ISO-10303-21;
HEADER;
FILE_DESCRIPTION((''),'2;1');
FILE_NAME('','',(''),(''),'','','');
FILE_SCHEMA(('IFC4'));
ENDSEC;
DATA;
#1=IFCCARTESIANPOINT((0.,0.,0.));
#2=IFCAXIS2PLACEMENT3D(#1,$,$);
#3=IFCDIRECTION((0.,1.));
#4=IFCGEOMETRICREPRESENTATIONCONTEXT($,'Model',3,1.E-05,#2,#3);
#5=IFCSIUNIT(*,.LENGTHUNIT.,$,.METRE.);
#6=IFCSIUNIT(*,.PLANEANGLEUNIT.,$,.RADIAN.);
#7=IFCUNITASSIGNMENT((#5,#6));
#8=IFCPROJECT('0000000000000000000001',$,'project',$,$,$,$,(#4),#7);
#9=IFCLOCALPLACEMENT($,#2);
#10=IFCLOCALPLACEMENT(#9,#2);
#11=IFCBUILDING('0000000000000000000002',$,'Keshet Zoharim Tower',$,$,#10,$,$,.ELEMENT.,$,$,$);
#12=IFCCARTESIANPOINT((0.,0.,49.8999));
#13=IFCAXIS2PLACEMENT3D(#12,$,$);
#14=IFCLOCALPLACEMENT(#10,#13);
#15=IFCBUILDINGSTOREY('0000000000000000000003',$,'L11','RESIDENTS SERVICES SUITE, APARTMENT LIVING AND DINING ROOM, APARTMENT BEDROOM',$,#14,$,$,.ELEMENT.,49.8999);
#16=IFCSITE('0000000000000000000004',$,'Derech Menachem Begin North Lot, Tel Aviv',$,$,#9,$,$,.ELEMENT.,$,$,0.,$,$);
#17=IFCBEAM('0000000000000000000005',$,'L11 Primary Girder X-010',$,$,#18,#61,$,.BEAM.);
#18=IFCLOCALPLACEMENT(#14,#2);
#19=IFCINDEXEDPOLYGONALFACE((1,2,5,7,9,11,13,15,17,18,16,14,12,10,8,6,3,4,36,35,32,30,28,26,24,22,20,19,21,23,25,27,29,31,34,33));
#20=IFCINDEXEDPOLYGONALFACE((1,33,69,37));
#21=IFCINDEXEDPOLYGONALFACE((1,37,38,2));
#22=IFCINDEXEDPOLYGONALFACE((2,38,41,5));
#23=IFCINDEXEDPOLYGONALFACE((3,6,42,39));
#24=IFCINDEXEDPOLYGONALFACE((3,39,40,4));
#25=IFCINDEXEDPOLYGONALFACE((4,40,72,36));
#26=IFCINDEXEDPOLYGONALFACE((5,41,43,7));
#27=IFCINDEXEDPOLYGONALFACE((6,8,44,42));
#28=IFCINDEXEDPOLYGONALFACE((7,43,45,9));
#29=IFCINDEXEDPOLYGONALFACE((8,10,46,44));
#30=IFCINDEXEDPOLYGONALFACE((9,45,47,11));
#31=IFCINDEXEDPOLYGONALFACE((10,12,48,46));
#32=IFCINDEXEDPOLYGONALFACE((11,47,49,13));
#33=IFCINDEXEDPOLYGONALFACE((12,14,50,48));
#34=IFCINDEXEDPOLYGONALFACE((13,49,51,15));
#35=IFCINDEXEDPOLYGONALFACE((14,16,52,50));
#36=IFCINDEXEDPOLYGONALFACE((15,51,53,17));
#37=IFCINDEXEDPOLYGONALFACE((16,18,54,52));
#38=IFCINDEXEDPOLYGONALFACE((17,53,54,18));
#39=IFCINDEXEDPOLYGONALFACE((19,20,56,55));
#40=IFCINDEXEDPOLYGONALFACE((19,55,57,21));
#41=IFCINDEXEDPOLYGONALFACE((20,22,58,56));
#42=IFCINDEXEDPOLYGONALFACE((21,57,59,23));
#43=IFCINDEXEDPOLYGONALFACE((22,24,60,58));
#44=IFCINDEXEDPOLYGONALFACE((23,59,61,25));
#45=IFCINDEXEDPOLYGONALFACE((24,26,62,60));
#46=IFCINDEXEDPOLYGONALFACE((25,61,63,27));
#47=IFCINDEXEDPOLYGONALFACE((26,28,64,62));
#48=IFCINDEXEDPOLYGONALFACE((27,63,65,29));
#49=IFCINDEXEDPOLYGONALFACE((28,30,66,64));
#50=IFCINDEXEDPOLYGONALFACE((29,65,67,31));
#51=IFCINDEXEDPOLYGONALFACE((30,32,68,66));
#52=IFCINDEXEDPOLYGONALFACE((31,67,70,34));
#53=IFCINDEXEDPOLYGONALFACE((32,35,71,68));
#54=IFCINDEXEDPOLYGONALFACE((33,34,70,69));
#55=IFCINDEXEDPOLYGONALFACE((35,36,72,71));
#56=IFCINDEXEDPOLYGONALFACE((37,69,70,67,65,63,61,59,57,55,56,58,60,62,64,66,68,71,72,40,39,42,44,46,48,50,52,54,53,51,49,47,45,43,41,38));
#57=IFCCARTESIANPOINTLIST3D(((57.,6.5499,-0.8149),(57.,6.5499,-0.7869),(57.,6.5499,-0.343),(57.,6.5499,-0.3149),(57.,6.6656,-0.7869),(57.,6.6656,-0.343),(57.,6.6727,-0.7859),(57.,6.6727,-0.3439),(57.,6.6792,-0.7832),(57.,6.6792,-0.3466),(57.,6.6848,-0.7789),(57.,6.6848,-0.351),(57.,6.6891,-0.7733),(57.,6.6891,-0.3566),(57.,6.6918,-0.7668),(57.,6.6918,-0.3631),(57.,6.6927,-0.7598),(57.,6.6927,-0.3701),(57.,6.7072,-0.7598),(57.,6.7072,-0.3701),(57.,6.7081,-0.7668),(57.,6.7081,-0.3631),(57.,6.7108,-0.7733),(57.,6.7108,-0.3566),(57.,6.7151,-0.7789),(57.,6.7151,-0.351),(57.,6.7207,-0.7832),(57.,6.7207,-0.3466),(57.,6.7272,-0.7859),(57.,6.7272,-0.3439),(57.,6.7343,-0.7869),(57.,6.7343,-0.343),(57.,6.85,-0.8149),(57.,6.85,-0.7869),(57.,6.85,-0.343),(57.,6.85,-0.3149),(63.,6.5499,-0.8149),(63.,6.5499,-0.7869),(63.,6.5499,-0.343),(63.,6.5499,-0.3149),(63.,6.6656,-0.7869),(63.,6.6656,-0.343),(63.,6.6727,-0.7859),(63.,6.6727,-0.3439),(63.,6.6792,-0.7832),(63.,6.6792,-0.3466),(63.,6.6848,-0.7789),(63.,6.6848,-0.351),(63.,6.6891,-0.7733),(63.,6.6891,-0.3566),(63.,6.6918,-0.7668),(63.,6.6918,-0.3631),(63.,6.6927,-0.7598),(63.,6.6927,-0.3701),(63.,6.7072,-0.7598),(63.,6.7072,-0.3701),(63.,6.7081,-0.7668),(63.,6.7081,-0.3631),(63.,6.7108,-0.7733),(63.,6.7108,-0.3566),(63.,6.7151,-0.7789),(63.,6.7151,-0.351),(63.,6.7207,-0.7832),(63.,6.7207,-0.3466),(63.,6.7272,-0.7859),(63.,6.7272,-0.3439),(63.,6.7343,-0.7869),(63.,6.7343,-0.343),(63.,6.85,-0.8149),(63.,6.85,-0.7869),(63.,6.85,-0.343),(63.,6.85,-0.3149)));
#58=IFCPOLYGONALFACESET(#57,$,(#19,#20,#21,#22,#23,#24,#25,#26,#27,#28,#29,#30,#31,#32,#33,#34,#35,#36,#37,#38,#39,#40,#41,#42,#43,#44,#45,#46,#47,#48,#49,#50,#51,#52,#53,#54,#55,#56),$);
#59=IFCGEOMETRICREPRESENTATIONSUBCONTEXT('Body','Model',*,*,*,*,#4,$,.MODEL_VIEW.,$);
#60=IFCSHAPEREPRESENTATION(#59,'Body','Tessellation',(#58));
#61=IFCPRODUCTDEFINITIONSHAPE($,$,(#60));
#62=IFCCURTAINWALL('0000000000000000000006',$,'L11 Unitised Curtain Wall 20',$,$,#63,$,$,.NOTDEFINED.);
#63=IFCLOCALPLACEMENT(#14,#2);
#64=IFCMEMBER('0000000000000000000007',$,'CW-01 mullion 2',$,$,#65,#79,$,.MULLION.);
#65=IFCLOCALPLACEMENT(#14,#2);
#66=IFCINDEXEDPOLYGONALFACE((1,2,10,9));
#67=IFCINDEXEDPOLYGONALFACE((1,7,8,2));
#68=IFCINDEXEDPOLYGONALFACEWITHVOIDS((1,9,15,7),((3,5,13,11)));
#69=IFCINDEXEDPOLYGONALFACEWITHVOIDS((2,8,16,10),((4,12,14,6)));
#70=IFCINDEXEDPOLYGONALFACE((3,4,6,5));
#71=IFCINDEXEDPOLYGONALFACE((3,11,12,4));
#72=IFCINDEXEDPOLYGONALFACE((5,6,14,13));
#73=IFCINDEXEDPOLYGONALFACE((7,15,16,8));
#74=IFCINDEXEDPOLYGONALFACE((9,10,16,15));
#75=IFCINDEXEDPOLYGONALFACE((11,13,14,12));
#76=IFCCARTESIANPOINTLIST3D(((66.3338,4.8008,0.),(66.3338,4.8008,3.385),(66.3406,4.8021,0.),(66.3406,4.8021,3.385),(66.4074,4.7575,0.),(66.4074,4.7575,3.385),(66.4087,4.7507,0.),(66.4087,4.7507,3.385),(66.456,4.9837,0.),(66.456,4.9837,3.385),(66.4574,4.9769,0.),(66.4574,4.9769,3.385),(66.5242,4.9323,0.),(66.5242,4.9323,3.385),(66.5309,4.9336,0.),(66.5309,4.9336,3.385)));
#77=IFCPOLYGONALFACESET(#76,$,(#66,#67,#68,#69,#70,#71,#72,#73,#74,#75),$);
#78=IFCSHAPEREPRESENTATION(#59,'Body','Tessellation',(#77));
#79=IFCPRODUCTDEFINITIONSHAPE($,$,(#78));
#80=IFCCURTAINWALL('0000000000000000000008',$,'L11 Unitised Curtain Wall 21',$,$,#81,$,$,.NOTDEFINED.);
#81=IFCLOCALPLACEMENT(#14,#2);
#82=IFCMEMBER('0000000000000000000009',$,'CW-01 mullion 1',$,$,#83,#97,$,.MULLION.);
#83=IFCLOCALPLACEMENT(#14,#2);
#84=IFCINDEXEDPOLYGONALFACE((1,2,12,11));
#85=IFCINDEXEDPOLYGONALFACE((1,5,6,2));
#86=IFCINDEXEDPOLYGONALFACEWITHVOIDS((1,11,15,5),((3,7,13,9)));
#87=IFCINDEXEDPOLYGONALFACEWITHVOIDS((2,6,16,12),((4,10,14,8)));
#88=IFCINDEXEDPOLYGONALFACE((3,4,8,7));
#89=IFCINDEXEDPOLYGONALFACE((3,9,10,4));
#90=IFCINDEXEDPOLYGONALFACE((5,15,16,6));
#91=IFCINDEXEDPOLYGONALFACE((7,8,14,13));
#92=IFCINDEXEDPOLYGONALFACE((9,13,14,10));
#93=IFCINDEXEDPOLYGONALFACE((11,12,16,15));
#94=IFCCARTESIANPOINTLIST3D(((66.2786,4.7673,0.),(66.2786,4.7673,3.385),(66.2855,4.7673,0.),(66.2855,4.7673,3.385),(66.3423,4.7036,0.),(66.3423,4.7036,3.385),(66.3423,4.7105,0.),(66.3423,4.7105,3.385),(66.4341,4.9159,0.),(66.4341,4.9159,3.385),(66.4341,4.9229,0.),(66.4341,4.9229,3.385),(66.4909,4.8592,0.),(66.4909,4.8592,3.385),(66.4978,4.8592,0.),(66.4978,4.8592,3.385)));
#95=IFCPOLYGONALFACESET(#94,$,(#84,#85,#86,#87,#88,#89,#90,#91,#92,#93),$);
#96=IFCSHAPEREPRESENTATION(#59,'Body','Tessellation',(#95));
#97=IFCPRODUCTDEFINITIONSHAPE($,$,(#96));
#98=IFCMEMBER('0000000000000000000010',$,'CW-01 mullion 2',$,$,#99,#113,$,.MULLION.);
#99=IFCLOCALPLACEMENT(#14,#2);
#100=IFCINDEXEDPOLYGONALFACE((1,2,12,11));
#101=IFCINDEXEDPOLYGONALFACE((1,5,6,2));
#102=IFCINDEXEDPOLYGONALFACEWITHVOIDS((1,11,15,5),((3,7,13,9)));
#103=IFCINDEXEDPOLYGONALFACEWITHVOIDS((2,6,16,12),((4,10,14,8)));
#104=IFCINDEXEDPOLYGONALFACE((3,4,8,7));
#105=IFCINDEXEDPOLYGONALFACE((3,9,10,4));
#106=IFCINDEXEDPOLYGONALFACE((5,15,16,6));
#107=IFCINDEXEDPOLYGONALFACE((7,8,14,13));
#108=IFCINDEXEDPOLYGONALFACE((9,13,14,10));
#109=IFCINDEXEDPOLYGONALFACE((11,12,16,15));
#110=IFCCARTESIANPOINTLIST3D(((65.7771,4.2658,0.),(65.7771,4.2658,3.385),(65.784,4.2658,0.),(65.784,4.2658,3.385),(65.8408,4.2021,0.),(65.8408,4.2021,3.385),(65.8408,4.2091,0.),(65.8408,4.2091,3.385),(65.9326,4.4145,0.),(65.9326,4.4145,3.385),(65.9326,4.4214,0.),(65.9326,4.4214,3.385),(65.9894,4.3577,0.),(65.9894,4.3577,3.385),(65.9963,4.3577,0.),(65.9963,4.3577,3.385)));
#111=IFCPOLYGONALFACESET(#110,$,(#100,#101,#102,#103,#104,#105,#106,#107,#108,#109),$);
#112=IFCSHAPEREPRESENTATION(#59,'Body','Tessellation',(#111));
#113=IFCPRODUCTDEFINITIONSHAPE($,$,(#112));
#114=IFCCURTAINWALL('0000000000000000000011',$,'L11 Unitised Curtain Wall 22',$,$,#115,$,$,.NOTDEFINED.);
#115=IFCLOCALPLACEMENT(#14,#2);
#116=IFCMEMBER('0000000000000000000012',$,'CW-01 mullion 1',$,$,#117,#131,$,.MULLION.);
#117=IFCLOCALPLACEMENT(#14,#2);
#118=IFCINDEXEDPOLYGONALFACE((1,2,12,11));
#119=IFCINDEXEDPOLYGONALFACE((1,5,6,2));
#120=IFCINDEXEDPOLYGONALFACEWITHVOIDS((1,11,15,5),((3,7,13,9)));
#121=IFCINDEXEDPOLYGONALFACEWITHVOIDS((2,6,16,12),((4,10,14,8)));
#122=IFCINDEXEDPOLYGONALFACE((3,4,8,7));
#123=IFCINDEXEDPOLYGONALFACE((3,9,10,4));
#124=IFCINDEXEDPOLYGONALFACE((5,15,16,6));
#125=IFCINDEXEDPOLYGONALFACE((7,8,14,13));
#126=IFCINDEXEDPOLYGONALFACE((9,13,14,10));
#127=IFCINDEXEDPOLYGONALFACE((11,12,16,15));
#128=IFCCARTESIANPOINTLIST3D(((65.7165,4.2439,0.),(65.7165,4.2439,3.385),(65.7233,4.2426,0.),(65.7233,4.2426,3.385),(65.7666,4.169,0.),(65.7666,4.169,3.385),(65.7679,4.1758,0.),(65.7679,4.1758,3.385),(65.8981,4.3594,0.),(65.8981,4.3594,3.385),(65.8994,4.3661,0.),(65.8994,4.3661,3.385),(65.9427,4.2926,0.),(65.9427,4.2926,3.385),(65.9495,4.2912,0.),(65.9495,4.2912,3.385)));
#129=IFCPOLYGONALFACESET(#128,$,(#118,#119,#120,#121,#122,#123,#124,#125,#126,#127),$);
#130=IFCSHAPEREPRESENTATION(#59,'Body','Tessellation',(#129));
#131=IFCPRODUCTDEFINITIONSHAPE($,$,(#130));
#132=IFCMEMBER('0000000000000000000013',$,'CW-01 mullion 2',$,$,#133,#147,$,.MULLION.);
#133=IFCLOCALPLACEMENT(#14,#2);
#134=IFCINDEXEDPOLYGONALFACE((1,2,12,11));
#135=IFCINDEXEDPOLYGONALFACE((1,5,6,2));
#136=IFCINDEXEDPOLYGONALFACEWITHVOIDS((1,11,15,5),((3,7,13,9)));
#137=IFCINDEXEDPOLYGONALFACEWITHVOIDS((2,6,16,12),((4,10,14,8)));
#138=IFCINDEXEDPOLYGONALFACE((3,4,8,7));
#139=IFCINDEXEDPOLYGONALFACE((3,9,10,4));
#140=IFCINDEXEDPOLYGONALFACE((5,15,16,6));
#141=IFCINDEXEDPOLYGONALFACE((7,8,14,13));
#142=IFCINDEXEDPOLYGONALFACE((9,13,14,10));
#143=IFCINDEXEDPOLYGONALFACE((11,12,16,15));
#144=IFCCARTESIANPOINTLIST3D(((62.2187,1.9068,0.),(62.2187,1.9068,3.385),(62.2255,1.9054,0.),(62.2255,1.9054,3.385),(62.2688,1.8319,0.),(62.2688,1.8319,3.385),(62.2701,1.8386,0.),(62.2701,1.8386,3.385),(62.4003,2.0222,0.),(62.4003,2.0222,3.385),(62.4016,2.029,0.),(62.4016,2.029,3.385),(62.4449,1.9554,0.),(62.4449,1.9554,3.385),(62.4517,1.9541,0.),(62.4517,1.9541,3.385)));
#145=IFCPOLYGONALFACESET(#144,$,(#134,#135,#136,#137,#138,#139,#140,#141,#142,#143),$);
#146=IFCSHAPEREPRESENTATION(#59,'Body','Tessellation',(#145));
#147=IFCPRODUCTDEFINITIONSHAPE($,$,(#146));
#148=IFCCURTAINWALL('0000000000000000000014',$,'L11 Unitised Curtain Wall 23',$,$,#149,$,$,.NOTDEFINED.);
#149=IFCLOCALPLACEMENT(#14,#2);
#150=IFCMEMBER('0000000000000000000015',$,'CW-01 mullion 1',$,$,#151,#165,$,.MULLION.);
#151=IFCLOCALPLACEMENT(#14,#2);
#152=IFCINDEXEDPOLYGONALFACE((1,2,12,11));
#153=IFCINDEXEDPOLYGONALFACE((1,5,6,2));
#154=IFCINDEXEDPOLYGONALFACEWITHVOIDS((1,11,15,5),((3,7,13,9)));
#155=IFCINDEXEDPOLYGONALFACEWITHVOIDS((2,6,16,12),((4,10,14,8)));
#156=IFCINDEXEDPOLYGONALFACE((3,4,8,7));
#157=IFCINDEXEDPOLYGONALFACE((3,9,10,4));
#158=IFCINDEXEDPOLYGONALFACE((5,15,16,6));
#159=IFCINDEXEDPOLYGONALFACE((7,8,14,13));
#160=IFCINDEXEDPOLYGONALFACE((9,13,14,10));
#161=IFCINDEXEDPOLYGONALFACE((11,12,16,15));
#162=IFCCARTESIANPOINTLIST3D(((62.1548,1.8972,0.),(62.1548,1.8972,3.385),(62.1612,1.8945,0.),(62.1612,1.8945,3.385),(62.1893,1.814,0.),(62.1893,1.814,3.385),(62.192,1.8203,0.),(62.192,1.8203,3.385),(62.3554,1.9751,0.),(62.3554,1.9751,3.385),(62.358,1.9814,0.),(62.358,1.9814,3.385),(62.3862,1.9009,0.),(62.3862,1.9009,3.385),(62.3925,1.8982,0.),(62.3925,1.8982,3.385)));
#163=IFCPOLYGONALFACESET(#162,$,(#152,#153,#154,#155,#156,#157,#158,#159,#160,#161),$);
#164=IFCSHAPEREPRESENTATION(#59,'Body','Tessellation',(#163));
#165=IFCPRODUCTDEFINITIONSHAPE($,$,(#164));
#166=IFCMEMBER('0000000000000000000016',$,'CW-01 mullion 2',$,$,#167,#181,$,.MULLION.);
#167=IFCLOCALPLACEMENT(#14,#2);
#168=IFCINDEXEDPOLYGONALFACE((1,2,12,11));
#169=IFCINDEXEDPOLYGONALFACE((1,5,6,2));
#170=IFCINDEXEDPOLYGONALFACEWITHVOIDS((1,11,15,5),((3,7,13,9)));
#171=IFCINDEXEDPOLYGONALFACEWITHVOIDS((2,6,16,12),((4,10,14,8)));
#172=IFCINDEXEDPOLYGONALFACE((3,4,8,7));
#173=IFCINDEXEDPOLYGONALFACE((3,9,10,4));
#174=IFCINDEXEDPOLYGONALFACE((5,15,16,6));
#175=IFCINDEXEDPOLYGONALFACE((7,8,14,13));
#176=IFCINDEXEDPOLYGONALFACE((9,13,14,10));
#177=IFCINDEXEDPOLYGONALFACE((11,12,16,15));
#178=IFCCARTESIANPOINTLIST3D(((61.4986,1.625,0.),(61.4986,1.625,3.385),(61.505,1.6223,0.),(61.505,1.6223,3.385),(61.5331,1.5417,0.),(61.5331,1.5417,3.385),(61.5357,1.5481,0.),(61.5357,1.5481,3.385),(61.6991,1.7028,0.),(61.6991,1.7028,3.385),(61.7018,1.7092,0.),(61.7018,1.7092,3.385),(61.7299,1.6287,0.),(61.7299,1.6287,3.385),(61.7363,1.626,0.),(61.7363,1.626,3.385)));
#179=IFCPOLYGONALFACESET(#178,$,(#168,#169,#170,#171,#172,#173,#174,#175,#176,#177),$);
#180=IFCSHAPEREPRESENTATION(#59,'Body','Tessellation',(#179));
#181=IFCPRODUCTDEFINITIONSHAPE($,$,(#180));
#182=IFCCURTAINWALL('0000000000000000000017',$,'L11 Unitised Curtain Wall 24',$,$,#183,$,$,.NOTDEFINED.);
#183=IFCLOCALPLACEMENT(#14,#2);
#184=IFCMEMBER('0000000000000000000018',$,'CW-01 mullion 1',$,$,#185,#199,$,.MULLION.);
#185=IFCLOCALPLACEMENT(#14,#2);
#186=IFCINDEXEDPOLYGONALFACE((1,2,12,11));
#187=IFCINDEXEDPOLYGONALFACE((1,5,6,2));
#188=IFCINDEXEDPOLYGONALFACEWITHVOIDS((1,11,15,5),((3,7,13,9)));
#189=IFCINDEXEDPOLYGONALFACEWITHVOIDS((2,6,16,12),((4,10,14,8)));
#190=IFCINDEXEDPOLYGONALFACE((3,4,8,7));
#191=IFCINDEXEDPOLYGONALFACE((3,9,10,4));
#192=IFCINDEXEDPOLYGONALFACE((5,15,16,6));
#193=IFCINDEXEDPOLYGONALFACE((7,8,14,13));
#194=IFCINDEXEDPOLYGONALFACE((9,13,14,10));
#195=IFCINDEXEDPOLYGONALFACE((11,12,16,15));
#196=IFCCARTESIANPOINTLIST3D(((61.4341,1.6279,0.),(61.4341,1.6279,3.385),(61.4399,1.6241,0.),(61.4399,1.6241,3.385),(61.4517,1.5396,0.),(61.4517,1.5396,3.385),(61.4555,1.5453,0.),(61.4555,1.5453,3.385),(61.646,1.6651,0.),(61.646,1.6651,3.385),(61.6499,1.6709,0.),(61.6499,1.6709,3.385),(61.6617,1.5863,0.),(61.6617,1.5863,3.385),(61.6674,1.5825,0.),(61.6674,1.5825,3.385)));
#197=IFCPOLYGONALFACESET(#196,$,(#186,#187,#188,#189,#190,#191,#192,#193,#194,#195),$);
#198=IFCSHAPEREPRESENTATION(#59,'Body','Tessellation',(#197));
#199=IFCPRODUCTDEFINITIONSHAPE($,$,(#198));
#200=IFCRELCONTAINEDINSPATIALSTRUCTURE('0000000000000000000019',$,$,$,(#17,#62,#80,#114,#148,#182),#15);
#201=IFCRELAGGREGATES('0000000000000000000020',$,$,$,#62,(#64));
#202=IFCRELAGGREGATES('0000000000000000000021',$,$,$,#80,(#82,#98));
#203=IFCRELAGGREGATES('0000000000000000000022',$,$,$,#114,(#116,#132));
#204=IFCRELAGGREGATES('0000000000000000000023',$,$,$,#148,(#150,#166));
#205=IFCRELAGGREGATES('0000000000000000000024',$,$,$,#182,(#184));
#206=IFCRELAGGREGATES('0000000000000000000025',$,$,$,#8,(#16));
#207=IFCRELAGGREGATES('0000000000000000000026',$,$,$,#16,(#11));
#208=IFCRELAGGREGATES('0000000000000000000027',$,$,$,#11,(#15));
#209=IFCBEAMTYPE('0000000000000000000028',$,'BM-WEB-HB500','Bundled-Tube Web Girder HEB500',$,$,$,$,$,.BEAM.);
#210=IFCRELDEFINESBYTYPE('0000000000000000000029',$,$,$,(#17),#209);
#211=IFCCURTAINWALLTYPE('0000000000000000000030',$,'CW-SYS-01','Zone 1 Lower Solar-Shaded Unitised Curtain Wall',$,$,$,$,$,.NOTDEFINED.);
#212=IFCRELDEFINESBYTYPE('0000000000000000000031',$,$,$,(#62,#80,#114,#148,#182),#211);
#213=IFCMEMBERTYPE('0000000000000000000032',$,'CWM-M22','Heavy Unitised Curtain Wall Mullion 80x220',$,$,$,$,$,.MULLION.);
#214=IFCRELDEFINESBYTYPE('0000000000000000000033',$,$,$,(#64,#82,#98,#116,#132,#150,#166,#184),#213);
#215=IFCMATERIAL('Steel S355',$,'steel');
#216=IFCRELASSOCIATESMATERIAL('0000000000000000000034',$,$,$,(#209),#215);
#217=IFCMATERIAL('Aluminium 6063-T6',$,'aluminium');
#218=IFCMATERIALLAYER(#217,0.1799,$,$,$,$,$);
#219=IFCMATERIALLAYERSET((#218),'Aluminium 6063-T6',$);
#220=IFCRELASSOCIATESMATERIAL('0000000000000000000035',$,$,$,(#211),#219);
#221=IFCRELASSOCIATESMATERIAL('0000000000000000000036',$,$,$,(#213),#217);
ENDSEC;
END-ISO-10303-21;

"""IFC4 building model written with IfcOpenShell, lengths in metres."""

from ifc_helpers import new_model, si_unit, direction, frame, origin, origin_2d, place, context, subcontext, project, spatial, hollow_rectangle, i_section, extrude, material, layer, layer_set, material_profile, profile_set, type_object, element, aggregate, save


model = new_model("IFC4")

# Units and contexts
model_context = context("Model", 3, precision=1e-05, world=origin(), true_north=direction((0.0, 1.0)))
body_context = subcontext(model_context, "Body", "Model", "MODEL_VIEW")
ifc_project = project(units=[si_unit("LENGTHUNIT", "METRE"), si_unit("PLANEANGLEUNIT", "RADIAN")], contexts=[model_context])

# Site, building, storey
site_placement = place(None, origin())
site = spatial("IfcSite", under=ifc_project, at=site_placement, Name="Derech Menachem Begin North Lot, Tel Aviv", CompositionType="ELEMENT", RefElevation=0.0)
building_placement = place(site_placement, origin())
building = spatial("IfcBuilding", under=site, at=building_placement, Name="Keshet Zoharim Tower", CompositionType="ELEMENT")
storey_placement = place(building_placement, frame((0.0, 0.0, 49.8999)))
storey = spatial("IfcBuildingStorey", under=building, at=storey_placement, Name="L11", Description="RESIDENTS SERVICES SUITE, APARTMENT LIVING AND DINING ROOM, APARTMENT BEDROOM", CompositionType="ELEMENT", Elevation=49.8999)

# Shared definitions
ifc_material_1 = material(Name="Steel S355", Category="steel")

# Beam
ifc_material_profile_1 = material_profile(ifc_material_1, i_section(OverallWidth=0.3, OverallDepth=0.5, WebThickness=0.0144, FlangeThickness=0.0281, FilletRadius=0.0271, at=origin_2d()), Name="HEB500")
ifc_profile_set_1 = profile_set([ifc_material_profile_1], Name="Steel S355")
beam_type_1 = type_object("IfcBeamType", Name="BM-WEB-HB500", Description="Bundled-Tube Web Girder HEB500", PredefinedType="BEAM", material=ifc_profile_set_1)
beam_placement = place(storey_placement, frame((57.0, 6.7, -0.5649), z_axis=(1.0, 0.0, 0.0), x_axis=(0.0, 1.0, 0.0)))
element("IfcBeam", 1, at=beam_placement, inside=storey, type_object=beam_type_1, Name="L11 Primary Girder X-010", PredefinedType="BEAM", context=body_context, shape_type="SweptSolid", body=[
    extrude(i_section(OverallWidth=0.3, OverallDepth=0.5, WebThickness=0.0144, FlangeThickness=0.0281, FilletRadius=0.0271, at=origin_2d()), origin(), (0.0, 0.0, 1.0), 6.0),
])

# Curtain wall, member
ifc_material_2 = material(Name="Aluminium 6063-T6", Category="aluminium")
ifc_layer_1 = layer(ifc_material_2, 0.1799)
ifc_layer_set_1 = layer_set([ifc_layer_1], Name="Aluminium 6063-T6")
curtain_wall_type = type_object("IfcCurtainWallType", Name="CW-SYS-01", Description="Zone 1 Lower Solar-Shaded Unitised Curtain Wall", PredefinedType="NOTDEFINED", material=ifc_layer_set_1)
curtain_wall_1_placement = place(storey_placement, origin())
curtain_wall_1 = element("IfcCurtainWall", 2, at=curtain_wall_1_placement, inside=storey, type_object=curtain_wall_type, Name="L11 Unitised Curtain Wall 20", PredefinedType="NOTDEFINED")
ifc_material_profile_2 = material_profile(ifc_material_2, hollow_rectangle(XDim=0.0901, YDim=0.22, WallThickness=0.0049, at=origin_2d()), Name="MUL-90x220")
ifc_profile_set_2 = profile_set([ifc_material_profile_2], Name="Aluminium 6063-T6")
member_type_1 = type_object("IfcMemberType", Name="CWM-M22", Description="Heavy Unitised Curtain Wall Mullion 80x220", PredefinedType="MULLION", material=ifc_profile_set_2)
member_1_placement = place(storey_placement, frame((66.4324, 4.8672, 0.0), z_axis=(0.0, 0.0, 1.0), x_axis=(0.831474, -0.555563, 0.0)))
member_1 = element("IfcMember", 3, at=member_1_placement, type_object=member_type_1, Name="CW-01 mullion 2", PredefinedType="MULLION", context=body_context, shape_type="SweptSolid", body=[
    extrude(hollow_rectangle(XDim=0.0901, YDim=0.22, WallThickness=0.0049, at=origin_2d()), origin(), (0.0, 0.0, 1.0), 3.385),
])

# Curtain walls, members
curtain_wall_2_placement = place(storey_placement, origin())
curtain_wall_2 = element("IfcCurtainWall", 4, at=curtain_wall_2_placement, inside=storey, type_object=curtain_wall_type, Name="L11 Unitised Curtain Wall 21", PredefinedType="NOTDEFINED")
member_2_placement = place(storey_placement, frame((66.3882, 4.8132, 0.0), z_axis=(0.0, 0.0, 1.0), x_axis=(0.707107, -0.707107, 0.0)))
member_2 = element("IfcMember", 5, at=member_2_placement, type_object=member_type_1, Name="CW-01 mullion 1", PredefinedType="MULLION", context=body_context, shape_type="SweptSolid", body=[
    extrude(hollow_rectangle(XDim=0.0901, YDim=0.22, WallThickness=0.0049, at=origin_2d()), origin(), (0.0, 0.0, 1.0), 3.385),
])
member_3_placement = place(storey_placement, frame((65.8867, 4.3118, 0.0), z_axis=(0.0, 0.0, 1.0), x_axis=(0.707107, -0.707107, 0.0)))
member_3 = element("IfcMember", 6, at=member_3_placement, type_object=member_type_1, Name="CW-01 mullion 2", PredefinedType="MULLION", context=body_context, shape_type="SweptSolid", body=[
    extrude(hollow_rectangle(XDim=0.0901, YDim=0.22, WallThickness=0.0049, at=origin_2d()), origin(), (0.0, 0.0, 1.0), 3.385),
])
curtain_wall_3_placement = place(storey_placement, origin())
curtain_wall_3 = element("IfcCurtainWall", 7, at=curtain_wall_3_placement, inside=storey, type_object=curtain_wall_type, Name="L11 Unitised Curtain Wall 22", PredefinedType="NOTDEFINED")
member_4_placement = place(storey_placement, frame((65.833, 4.2676, 0.0), z_axis=(0.0, 0.0, 1.0), x_axis=(0.555563, -0.831474, 0.0)))
member_4 = element("IfcMember", 8, at=member_4_placement, type_object=member_type_1, Name="CW-01 mullion 1", PredefinedType="MULLION", context=body_context, shape_type="SweptSolid", body=[
    extrude(hollow_rectangle(XDim=0.0901, YDim=0.22, WallThickness=0.0049, at=origin_2d()), origin(), (0.0, 0.0, 1.0), 3.385),
])
member_5_placement = place(storey_placement, frame((62.3352, 1.9304, 0.0), z_axis=(0.0, 0.0, 1.0), x_axis=(0.555563, -0.831474, 0.0)))
member_5 = element("IfcMember", 9, at=member_5_placement, type_object=member_type_1, Name="CW-01 mullion 2", PredefinedType="MULLION", context=body_context, shape_type="SweptSolid", body=[
    extrude(hollow_rectangle(XDim=0.0901, YDim=0.22, WallThickness=0.0049, at=origin_2d()), origin(), (0.0, 0.0, 1.0), 3.385),
])
curtain_wall_4_placement = place(storey_placement, origin())
curtain_wall_4 = element("IfcCurtainWall", 10, at=curtain_wall_4_placement, inside=storey, type_object=curtain_wall_type, Name="L11 Unitised Curtain Wall 23", PredefinedType="NOTDEFINED")
member_6_placement = place(storey_placement, frame((62.2737, 1.8977, 0.0), z_axis=(0.0, 0.0, 1.0), x_axis=(0.383068, -0.92372, 0.0)))
member_6 = element("IfcMember", 11, at=member_6_placement, type_object=member_type_1, Name="CW-01 mullion 1", PredefinedType="MULLION", context=body_context, shape_type="SweptSolid", body=[
    extrude(hollow_rectangle(XDim=0.0901, YDim=0.22, WallThickness=0.0049, at=origin_2d()), origin(), (0.0, 0.0, 1.0), 3.385),
])
member_7_placement = place(storey_placement, frame((61.6174, 1.6255, 0.0), z_axis=(0.0, 0.0, 1.0), x_axis=(0.383068, -0.92372, 0.0)))
member_7 = element("IfcMember", 12, at=member_7_placement, type_object=member_type_1, Name="CW-01 mullion 2", PredefinedType="MULLION", context=body_context, shape_type="SweptSolid", body=[
    extrude(hollow_rectangle(XDim=0.0901, YDim=0.22, WallThickness=0.0049, at=origin_2d()), origin(), (0.0, 0.0, 1.0), 3.385),
])
curtain_wall_5_placement = place(storey_placement, origin())
curtain_wall_5 = element("IfcCurtainWall", 13, at=curtain_wall_5_placement, inside=storey, type_object=curtain_wall_type, Name="L11 Unitised Curtain Wall 24", PredefinedType="NOTDEFINED")
member_8_placement = place(storey_placement, frame((61.5508, 1.6052, 0.0), z_axis=(0.0, 0.0, 1.0), x_axis=(0.195171, -0.980769, 0.0)))
member_8 = element("IfcMember", 14, at=member_8_placement, type_object=member_type_1, Name="CW-01 mullion 1", PredefinedType="MULLION", context=body_context, shape_type="SweptSolid", body=[
    extrude(hollow_rectangle(XDim=0.0901, YDim=0.22, WallThickness=0.0049, at=origin_2d()), origin(), (0.0, 0.0, 1.0), 3.385),
])

aggregate(curtain_wall_1, [member_1])
aggregate(curtain_wall_2, [member_2, member_3])
aggregate(curtain_wall_3, [member_4, member_5])
aggregate(curtain_wall_4, [member_6, member_7])
aggregate(curtain_wall_5, [member_8])

save(model, "model.ifc")
